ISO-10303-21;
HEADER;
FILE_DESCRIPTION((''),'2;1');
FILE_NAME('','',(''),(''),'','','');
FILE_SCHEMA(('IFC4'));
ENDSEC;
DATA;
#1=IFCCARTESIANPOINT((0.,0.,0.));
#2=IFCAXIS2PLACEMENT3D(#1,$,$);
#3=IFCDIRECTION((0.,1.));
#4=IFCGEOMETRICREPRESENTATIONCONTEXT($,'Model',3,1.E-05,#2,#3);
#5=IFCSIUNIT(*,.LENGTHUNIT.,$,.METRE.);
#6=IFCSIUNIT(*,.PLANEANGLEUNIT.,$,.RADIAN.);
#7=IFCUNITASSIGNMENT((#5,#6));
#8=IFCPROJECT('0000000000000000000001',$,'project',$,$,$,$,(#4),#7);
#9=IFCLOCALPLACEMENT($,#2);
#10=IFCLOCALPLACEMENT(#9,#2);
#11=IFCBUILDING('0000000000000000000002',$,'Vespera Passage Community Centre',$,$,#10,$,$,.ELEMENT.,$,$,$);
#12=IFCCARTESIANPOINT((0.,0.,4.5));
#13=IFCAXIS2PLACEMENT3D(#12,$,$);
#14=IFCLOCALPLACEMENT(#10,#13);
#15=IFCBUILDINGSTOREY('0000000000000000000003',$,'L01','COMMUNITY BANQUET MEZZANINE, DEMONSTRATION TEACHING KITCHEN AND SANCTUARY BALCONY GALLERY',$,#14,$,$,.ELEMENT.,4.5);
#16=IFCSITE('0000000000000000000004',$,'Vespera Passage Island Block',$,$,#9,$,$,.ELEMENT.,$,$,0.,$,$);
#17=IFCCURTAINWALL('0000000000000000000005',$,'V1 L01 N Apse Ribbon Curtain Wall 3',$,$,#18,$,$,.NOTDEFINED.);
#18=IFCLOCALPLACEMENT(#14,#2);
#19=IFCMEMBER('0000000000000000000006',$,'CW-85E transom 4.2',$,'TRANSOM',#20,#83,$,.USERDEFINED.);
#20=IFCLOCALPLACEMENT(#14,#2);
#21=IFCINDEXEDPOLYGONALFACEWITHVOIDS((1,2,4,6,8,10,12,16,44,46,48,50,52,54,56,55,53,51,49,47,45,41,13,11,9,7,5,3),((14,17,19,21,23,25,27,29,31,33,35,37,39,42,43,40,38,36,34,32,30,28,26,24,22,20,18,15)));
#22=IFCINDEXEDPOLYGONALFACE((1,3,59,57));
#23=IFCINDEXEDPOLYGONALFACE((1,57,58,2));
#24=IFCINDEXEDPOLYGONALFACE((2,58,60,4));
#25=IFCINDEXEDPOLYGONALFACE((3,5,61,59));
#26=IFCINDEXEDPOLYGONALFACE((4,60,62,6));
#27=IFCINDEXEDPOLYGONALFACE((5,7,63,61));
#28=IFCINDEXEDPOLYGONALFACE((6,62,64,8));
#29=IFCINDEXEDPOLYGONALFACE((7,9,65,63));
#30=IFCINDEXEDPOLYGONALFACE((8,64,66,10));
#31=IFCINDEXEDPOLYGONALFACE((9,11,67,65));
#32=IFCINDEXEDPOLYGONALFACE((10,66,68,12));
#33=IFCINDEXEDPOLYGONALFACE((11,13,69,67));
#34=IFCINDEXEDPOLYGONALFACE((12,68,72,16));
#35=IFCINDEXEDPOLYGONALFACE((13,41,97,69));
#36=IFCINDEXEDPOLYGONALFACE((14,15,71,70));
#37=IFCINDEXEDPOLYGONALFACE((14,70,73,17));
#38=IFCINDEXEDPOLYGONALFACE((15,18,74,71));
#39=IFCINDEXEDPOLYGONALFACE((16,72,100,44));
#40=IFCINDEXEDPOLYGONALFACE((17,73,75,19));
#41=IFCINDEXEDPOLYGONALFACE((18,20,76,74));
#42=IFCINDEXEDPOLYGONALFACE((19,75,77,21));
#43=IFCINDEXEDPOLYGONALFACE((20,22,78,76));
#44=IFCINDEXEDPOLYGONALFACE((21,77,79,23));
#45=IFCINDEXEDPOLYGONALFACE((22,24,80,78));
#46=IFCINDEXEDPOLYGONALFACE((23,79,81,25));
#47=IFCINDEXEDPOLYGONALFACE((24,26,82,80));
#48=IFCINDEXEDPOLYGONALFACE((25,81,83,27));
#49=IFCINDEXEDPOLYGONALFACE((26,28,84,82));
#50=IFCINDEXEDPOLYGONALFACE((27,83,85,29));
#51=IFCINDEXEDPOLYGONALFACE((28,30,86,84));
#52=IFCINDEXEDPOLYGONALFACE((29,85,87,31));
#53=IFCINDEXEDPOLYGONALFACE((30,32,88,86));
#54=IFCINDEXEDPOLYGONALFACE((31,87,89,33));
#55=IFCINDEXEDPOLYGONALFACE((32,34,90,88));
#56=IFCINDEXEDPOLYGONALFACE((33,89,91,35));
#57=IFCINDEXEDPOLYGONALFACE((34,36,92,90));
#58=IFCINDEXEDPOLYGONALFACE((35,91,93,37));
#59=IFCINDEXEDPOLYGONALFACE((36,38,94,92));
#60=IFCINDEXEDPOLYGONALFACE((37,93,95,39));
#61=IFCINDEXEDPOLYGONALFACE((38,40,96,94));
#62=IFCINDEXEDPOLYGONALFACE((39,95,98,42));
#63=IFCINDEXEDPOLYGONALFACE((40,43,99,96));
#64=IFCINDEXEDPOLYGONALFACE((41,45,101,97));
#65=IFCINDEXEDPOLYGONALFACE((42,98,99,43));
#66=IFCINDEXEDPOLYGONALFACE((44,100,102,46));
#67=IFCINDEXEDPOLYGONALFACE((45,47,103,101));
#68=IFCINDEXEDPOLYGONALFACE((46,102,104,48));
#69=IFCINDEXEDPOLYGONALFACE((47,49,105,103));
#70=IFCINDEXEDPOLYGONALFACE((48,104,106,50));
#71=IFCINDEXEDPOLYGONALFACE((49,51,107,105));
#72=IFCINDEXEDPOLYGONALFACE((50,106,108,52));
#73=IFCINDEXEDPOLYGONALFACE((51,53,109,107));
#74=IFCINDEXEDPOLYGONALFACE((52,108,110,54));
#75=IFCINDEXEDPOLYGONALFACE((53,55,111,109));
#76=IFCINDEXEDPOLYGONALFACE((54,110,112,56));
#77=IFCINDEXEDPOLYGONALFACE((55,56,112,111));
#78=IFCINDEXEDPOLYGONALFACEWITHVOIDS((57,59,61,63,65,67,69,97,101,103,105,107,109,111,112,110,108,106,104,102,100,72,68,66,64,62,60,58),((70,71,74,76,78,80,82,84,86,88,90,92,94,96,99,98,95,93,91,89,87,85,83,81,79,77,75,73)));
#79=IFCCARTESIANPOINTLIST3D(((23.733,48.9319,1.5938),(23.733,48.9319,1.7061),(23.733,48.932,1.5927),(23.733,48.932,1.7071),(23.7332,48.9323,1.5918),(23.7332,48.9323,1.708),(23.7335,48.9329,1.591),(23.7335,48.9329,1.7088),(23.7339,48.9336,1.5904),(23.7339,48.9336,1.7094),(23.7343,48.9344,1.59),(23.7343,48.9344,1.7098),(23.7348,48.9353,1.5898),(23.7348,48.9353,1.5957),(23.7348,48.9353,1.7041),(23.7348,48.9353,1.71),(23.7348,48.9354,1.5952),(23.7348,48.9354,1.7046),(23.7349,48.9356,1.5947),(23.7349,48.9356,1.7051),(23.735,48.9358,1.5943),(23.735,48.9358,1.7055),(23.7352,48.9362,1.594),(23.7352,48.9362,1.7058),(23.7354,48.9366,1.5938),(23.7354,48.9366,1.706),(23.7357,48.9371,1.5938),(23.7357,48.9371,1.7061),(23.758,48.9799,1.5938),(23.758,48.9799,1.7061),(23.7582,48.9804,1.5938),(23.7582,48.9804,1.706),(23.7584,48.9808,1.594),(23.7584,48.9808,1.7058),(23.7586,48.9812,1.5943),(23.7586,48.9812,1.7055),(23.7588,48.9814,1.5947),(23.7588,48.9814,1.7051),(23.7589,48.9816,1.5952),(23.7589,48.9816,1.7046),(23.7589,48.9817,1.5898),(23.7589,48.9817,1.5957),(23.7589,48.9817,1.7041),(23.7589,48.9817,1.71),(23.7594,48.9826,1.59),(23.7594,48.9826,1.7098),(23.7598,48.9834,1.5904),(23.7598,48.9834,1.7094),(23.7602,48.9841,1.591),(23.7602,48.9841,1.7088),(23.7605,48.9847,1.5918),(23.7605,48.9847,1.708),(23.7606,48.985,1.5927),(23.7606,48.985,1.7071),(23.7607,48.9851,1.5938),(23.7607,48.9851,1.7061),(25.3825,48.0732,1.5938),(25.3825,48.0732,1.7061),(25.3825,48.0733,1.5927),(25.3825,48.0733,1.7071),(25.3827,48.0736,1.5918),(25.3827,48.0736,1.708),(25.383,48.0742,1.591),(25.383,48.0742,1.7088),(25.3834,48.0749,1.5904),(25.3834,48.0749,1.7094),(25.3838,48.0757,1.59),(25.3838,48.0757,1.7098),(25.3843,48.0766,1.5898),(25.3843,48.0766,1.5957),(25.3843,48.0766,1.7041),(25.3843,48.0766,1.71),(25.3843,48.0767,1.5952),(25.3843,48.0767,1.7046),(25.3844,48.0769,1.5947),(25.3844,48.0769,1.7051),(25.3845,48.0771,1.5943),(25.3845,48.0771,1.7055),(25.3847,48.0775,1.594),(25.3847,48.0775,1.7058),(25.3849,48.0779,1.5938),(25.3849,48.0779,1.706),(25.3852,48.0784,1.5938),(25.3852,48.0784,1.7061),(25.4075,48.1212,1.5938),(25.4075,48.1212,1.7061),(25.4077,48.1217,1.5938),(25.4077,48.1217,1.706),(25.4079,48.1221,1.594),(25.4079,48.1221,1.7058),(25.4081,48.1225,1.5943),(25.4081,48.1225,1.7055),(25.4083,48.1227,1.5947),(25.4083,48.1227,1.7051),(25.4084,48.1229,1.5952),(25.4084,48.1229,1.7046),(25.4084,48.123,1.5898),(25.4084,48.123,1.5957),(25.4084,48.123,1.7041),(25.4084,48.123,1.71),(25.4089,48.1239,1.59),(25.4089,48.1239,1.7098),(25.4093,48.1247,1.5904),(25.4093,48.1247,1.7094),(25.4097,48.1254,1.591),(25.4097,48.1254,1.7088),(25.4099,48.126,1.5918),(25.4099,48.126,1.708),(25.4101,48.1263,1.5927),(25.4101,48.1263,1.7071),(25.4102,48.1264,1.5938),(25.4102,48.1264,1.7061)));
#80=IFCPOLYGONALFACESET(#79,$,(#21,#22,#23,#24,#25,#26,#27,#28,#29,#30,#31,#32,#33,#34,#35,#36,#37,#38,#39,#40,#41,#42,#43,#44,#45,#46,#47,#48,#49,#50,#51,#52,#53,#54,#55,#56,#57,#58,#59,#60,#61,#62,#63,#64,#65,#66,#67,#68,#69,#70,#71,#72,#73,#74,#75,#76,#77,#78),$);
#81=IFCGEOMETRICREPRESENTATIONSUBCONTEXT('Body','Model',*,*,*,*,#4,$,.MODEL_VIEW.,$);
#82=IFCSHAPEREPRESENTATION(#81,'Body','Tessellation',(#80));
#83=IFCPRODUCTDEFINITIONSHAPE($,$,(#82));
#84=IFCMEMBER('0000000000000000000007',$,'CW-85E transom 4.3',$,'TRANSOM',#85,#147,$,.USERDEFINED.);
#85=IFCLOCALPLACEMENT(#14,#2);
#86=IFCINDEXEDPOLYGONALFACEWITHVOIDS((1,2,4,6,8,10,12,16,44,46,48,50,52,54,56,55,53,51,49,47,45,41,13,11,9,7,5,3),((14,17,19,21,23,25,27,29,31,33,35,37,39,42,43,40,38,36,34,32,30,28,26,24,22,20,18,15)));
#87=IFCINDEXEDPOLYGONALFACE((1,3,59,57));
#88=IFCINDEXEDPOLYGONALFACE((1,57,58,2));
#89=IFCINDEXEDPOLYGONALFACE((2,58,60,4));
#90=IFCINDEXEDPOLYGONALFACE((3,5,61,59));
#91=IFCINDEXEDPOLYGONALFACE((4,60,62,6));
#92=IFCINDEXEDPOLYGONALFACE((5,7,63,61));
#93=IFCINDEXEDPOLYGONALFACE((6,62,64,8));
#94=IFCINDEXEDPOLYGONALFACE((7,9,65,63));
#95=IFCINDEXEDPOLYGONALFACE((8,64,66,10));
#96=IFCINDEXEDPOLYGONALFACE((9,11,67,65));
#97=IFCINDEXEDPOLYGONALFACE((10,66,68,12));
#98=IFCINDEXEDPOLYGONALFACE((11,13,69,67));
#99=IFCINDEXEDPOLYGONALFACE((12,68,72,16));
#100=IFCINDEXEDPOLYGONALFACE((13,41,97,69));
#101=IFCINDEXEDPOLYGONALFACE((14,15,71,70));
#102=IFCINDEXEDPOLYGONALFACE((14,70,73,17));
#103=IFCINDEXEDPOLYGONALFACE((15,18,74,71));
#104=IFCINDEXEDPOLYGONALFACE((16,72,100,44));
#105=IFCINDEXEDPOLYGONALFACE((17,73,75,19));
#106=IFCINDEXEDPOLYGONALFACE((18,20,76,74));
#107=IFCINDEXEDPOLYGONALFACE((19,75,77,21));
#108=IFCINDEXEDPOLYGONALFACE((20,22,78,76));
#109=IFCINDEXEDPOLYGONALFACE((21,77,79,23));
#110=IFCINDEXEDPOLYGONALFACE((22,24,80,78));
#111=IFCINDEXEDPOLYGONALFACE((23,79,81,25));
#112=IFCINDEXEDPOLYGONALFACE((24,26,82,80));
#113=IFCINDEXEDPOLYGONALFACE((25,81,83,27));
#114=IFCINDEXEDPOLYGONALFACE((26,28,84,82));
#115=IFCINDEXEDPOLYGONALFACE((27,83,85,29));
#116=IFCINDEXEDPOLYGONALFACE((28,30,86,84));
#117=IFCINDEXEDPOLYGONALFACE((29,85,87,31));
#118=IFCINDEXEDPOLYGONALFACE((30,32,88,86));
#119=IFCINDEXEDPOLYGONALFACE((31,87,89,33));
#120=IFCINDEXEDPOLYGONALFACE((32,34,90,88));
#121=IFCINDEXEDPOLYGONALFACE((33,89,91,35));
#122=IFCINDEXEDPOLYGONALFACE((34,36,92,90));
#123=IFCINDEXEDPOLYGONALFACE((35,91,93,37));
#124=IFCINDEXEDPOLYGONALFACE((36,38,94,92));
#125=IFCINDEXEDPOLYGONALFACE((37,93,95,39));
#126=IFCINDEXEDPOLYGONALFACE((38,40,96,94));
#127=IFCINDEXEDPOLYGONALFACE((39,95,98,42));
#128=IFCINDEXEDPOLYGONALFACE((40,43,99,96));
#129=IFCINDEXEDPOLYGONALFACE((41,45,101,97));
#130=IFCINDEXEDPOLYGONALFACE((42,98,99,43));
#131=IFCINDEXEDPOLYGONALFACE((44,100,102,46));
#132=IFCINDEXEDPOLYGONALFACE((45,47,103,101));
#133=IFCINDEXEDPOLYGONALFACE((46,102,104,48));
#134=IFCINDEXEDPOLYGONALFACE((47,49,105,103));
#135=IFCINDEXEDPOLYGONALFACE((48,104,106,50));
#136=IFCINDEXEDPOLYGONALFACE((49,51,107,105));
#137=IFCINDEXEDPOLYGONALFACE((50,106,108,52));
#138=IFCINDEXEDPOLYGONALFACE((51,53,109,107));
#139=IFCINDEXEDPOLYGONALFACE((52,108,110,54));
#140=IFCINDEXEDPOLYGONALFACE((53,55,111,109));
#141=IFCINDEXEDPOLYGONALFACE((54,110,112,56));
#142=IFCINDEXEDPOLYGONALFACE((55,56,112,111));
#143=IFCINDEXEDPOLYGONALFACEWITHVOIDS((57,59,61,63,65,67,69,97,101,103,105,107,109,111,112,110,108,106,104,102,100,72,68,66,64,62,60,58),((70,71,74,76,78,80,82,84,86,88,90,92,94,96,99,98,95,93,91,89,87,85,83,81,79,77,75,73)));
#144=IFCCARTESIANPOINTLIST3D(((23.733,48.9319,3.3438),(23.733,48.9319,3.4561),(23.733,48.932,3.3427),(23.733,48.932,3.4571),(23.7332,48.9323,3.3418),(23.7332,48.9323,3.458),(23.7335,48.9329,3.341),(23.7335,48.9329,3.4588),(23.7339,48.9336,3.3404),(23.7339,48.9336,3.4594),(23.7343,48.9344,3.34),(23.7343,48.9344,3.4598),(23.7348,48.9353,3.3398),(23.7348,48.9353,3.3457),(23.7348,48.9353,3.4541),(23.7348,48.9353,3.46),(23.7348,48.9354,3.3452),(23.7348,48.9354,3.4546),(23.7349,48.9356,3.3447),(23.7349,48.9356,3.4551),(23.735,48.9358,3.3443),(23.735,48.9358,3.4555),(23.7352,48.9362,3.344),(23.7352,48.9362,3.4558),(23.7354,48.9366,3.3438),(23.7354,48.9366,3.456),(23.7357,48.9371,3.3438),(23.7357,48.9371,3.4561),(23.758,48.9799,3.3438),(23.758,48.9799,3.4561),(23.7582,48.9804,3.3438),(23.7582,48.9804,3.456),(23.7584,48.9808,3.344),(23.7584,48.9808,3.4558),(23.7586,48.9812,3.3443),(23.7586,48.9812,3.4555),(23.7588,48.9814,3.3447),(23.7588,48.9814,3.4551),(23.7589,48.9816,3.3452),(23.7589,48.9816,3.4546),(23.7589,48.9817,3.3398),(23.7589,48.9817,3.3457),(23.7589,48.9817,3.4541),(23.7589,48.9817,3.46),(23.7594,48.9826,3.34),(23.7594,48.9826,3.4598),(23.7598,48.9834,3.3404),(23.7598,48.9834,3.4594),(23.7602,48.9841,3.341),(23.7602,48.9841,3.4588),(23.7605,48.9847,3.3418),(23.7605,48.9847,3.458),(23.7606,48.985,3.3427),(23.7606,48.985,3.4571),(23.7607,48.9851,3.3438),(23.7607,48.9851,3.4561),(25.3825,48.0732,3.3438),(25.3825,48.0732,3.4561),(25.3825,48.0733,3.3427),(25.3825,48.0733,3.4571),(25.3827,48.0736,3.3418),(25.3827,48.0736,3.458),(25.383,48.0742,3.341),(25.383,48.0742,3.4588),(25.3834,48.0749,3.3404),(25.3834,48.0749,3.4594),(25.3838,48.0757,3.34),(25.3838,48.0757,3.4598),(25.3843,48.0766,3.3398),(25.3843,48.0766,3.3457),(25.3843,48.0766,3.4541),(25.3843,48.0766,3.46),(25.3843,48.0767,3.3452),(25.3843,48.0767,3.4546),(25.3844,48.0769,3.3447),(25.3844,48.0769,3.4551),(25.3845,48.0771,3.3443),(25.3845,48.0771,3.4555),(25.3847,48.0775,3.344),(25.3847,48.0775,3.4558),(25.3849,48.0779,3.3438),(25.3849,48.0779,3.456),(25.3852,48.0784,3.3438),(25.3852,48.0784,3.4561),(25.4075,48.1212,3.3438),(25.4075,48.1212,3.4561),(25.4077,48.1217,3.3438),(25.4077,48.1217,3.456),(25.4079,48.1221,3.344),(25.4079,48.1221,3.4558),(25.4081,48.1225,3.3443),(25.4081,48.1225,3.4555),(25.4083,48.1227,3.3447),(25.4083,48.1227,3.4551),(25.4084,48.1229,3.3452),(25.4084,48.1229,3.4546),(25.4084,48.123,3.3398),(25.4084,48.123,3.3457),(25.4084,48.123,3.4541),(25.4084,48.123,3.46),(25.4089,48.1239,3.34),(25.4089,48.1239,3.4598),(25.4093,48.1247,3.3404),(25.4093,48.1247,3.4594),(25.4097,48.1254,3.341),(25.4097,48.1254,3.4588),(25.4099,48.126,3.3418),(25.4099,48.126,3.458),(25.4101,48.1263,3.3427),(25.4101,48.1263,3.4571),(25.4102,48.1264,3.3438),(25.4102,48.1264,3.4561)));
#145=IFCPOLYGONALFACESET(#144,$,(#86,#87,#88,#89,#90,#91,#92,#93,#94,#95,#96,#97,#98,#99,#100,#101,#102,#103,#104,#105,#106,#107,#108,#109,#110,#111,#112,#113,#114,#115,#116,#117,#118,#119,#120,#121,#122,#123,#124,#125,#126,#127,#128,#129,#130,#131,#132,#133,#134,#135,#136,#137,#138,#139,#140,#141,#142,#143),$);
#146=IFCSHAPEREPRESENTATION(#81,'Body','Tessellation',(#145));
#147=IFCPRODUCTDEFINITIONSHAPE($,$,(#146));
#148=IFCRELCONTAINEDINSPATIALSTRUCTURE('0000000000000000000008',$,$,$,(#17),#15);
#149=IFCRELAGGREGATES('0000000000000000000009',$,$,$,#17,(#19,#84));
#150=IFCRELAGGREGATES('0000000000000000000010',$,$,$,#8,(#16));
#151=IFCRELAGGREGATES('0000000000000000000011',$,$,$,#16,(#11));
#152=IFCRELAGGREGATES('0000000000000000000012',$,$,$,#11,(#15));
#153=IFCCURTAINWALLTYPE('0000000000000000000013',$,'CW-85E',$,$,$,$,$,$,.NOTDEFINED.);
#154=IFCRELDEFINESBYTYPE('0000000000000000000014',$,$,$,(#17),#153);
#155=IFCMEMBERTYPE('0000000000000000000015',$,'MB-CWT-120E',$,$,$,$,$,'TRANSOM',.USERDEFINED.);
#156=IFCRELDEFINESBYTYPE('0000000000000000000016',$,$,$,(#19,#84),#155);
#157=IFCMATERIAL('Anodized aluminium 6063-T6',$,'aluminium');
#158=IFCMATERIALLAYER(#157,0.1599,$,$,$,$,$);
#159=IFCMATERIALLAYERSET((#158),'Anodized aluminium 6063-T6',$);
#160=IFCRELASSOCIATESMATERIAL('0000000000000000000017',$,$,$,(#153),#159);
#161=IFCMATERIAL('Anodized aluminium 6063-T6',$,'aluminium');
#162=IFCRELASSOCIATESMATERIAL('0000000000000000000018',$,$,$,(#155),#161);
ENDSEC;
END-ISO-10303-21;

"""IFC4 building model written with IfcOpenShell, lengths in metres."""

from ifc_helpers import new_model, si_unit, direction, frame, origin, origin_2d, place, context, subcontext, project, spatial, hollow_rectangle, extrude, material, layer, layer_set, material_profile, profile_set, type_object, element, aggregate, save


model = new_model("IFC4")

# Units and contexts
model_context = context("Model", 3, precision=1e-05, world=origin(), true_north=direction((0.0, 1.0)))
body_context = subcontext(model_context, "Body", "Model", "MODEL_VIEW")
ifc_project = project(units=[si_unit("LENGTHUNIT", "METRE"), si_unit("PLANEANGLEUNIT", "RADIAN")], contexts=[model_context])

# Site, building, storey
site_placement = place(None, origin())
site = spatial("IfcSite", under=ifc_project, at=site_placement, Name="Vespera Passage Island Block", CompositionType="ELEMENT", RefElevation=0.0)
building_placement = place(site_placement, origin())
building = spatial("IfcBuilding", under=site, at=building_placement, Name="Vespera Passage Community Centre", CompositionType="ELEMENT")
storey_placement = place(building_placement, frame((0.0, 0.0, 4.5)))
storey = spatial("IfcBuildingStorey", under=building, at=storey_placement, Name="L01", Description="COMMUNITY BANQUET MEZZANINE, DEMONSTRATION TEACHING KITCHEN AND SANCTUARY BALCONY GALLERY", CompositionType="ELEMENT", Elevation=4.5)

# Curtain wall
ifc_material_1 = material(Name="Anodized aluminium 6063-T6", Category="aluminium")
ifc_layer_1 = layer(ifc_material_1, 0.1599)
ifc_layer_set_1 = layer_set([ifc_layer_1], Name="Anodized aluminium 6063-T6")
curtain_wall_type_1 = type_object("IfcCurtainWallType", Name="CW-85E", PredefinedType="NOTDEFINED", material=ifc_layer_set_1)
curtain_wall_1_placement = place(storey_placement, origin())
curtain_wall_1 = element("IfcCurtainWall", 1, at=curtain_wall_1_placement, inside=storey, type_object=curtain_wall_type_1, Name="V1 L01 N Apse Ribbon Curtain Wall 3", PredefinedType="NOTDEFINED")

# Members
ifc_material_2 = material(Name="Anodized aluminium 6063-T6", Category="aluminium")
ifc_material_profile_1 = material_profile(ifc_material_2, hollow_rectangle(XDim=0.0601, YDim=0.1201, WallThickness=0.0039, InnerFilletRadius=0.002, OuterFilletRadius=0.0039, at=origin_2d()), Name="ALU120X60X4")
ifc_profile_set_1 = profile_set([ifc_material_profile_1], Name="Anodized aluminium 6063-T6")
member_type_1 = type_object("IfcMemberType", Name="MB-CWT-120E", ElementType="TRANSOM", PredefinedType="USERDEFINED", material=ifc_profile_set_1)
member_1_placement = place(storey_placement, frame((23.7468, 48.9585, 1.6499), z_axis=(0.887008, -0.461754, 0.0), x_axis=(0.461754, 0.887008, 0.0)))
member_1 = element("IfcMember", 2, at=member_1_placement, type_object=member_type_1, Name="CW-85E transom 4.2", ObjectType="TRANSOM", PredefinedType="USERDEFINED", context=body_context, shape_type="SweptSolid", body=[
    extrude(hollow_rectangle(XDim=0.0601, YDim=0.1201, WallThickness=0.0039, InnerFilletRadius=0.002, OuterFilletRadius=0.0039, at=origin_2d()), origin(), (0.0, 0.0, 1.0), 1.8596),
])
member_2_placement = place(storey_placement, frame((23.7468, 48.9585, 3.3999), z_axis=(0.887008, -0.461754, 0.0), x_axis=(0.461754, 0.887008, 0.0)))
member_2 = element("IfcMember", 3, at=member_2_placement, type_object=member_type_1, Name="CW-85E transom 4.3", ObjectType="TRANSOM", PredefinedType="USERDEFINED", context=body_context, shape_type="SweptSolid", body=[
    extrude(hollow_rectangle(XDim=0.0601, YDim=0.1201, WallThickness=0.0039, InnerFilletRadius=0.002, OuterFilletRadius=0.0039, at=origin_2d()), origin(), (0.0, 0.0, 1.0), 1.8596),
])

aggregate(curtain_wall_1, [member_1, member_2])

save(model, "model.ifc")
